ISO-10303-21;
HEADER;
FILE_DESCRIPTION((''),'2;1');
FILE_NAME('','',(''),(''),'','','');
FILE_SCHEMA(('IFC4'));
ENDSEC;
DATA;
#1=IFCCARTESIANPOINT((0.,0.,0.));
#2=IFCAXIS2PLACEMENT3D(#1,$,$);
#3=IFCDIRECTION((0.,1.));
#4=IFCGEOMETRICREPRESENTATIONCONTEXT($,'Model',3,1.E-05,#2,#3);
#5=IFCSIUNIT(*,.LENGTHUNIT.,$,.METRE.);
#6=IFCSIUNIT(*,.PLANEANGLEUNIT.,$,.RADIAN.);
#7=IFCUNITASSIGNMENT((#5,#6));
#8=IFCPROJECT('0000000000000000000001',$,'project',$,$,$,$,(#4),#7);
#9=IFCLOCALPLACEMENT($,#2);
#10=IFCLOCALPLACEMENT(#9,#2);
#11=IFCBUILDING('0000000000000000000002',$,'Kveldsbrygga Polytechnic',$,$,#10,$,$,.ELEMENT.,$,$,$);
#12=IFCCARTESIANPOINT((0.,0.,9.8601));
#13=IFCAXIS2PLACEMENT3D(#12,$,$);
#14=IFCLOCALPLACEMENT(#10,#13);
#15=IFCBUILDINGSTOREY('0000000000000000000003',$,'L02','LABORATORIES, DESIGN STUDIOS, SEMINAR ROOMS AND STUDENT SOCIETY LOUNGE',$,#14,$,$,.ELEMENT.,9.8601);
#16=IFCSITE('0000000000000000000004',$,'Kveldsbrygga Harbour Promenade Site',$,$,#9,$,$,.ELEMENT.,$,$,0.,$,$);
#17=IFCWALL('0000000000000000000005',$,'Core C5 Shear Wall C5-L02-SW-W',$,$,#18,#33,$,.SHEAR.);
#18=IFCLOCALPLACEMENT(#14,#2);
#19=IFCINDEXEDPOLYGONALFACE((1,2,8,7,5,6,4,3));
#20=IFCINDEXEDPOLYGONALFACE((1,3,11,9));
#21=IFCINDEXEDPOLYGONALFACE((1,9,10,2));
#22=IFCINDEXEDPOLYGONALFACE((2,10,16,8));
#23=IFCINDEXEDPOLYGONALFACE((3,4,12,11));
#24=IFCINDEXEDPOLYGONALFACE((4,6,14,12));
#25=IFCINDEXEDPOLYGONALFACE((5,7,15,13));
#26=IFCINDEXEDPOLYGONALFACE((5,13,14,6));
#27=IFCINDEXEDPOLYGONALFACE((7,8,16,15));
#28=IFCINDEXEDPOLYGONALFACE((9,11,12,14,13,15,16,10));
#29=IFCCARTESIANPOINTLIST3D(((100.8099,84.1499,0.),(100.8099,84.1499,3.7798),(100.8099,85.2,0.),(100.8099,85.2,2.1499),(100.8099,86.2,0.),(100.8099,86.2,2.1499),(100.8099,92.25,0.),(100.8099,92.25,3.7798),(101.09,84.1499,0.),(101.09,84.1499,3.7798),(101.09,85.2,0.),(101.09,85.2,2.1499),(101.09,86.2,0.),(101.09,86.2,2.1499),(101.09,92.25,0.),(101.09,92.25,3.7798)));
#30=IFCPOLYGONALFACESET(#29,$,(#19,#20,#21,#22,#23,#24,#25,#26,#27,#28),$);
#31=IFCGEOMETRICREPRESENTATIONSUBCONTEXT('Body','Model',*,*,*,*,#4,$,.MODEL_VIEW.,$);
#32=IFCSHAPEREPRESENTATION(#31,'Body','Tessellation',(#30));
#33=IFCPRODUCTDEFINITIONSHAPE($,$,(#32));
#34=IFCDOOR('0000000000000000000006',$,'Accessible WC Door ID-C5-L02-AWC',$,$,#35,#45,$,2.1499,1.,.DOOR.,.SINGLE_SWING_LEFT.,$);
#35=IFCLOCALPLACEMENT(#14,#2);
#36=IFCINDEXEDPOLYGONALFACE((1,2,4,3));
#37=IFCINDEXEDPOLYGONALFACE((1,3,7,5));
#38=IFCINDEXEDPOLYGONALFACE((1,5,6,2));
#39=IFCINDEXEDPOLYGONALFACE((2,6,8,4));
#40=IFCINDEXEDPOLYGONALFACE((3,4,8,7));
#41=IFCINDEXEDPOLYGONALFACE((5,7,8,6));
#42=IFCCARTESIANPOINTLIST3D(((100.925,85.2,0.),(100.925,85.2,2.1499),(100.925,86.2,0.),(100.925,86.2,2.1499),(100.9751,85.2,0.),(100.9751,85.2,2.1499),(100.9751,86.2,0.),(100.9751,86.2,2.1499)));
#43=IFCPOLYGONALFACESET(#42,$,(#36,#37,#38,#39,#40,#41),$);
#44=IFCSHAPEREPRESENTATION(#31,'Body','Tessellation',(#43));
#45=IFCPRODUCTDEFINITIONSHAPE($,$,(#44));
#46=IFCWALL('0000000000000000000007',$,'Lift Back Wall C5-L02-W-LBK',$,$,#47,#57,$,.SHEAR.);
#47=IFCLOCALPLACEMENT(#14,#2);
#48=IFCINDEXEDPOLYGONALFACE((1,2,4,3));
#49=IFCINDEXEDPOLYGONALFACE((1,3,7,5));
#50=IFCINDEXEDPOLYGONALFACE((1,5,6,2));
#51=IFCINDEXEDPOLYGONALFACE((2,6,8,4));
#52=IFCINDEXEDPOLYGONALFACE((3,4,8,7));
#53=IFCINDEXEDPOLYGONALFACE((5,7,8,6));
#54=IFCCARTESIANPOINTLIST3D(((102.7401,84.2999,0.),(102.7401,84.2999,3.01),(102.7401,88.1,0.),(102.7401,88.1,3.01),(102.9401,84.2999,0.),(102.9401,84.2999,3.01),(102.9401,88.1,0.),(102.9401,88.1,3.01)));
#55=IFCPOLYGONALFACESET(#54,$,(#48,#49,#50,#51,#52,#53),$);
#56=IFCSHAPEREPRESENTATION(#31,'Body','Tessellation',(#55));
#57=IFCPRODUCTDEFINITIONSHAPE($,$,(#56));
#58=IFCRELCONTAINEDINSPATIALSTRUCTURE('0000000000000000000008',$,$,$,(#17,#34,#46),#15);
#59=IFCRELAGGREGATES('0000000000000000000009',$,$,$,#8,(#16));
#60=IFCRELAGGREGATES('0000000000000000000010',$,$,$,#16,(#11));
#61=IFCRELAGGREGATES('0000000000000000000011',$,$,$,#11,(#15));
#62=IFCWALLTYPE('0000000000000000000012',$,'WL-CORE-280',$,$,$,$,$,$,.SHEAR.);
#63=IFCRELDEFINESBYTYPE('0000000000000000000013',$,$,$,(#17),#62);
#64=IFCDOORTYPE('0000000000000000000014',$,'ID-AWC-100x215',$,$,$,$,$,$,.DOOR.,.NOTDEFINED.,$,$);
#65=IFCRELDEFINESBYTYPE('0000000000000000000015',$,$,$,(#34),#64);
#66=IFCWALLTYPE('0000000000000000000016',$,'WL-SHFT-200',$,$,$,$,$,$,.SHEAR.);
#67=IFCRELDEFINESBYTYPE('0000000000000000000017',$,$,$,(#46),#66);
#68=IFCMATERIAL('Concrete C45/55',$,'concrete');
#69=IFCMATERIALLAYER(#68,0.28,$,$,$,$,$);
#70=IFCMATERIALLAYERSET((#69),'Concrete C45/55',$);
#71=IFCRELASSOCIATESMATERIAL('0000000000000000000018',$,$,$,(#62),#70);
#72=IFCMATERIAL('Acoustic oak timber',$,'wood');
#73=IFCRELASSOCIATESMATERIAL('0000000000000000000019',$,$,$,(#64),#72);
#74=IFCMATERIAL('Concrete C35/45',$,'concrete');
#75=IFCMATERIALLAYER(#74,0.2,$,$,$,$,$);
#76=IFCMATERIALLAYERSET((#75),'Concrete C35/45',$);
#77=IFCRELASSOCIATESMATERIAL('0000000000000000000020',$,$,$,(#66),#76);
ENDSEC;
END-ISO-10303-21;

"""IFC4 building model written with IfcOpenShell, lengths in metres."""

from ifc_helpers import new_model, si_unit, direction, frame, frame_2d, origin, place, context, subcontext, project, spatial, rectangle, extrude, material, layer, layer_set, type_object, element, fill, save


model = new_model("IFC4")

# Units and contexts
model_context = context("Model", 3, precision=1e-05, world=origin(), true_north=direction((0.0, 1.0)))
body_context = subcontext(model_context, "Body", "Model", "MODEL_VIEW")
ifc_project = project(units=[si_unit("LENGTHUNIT", "METRE"), si_unit("PLANEANGLEUNIT", "RADIAN")], contexts=[model_context])

# Site, building, storey
site_placement = place(None, origin())
site = spatial("IfcSite", under=ifc_project, at=site_placement, Name="Kveldsbrygga Harbour Promenade Site", CompositionType="ELEMENT", RefElevation=0.0)
building_placement = place(site_placement, origin())
building = spatial("IfcBuilding", under=site, at=building_placement, Name="Kveldsbrygga Polytechnic", CompositionType="ELEMENT")
storey_placement = place(building_placement, frame((0.0, 0.0, 9.8601)))
storey = spatial("IfcBuildingStorey", under=building, at=storey_placement, Name="L02", Description="LABORATORIES, DESIGN STUDIOS, SEMINAR ROOMS AND STUDENT SOCIETY LOUNGE", CompositionType="ELEMENT", Elevation=9.8601)

# Shared definitions
ifc_material_1 = material(Name="Concrete C45/55", Category="concrete")

# Shared definitions
ifc_material_2 = material(Name="Concrete C35/45", Category="concrete")

# Shared definitions
ifc_layer_1 = layer(ifc_material_1, 0.28)
ifc_layer_set_1 = layer_set([ifc_layer_1], Name="Concrete C45/55")
wall_type_1 = type_object("IfcWallType", Name="WL-CORE-280", PredefinedType="SHEAR", material=ifc_layer_set_1)

# Wall, opening, door
wall_1_placement = place(storey_placement, frame((100.95, 84.1499, 0.0), z_axis=(0.0, 0.0, 1.0), x_axis=(0.0, 1.0, 0.0)))
wall_1 = element("IfcWall", 1, at=wall_1_placement, inside=storey, type_object=wall_type_1, Name="Core C5 Shear Wall C5-L02-SW-W", PredefinedType="SHEAR", context=body_context, shape_type="SweptSolid", body=[
    extrude(rectangle(XDim=8.1001, YDim=0.28, at=frame_2d((4.05, 0.0))), origin(), (0.0, 0.0, 1.0), 3.7798),
])
opening_1_placement = place(wall_1_placement, frame((1.05, 0.0, 0.0)))
opening_1 = element("IfcOpeningElement", 2, at=opening_1_placement, cuts=wall_1, PredefinedType="OPENING", context=body_context, shape_type="SweptSolid", body=[
    extrude(rectangle(XDim=1.0, YDim=2.1499, at=frame_2d((0.5, 1.075))), frame((0.0, 0.1499, 0.0), z_axis=(0.0, -1.0, 0.0), x_axis=(1.0, 0.0, 0.0)), (0.0, 0.0, 1.0), 0.3),
])
ifc_material_3 = material(Name="Acoustic oak timber", Category="wood")
door_type_1 = type_object("IfcDoorType", Name="ID-AWC-100x215", OperationType="NOTDEFINED", PredefinedType="DOOR", material=ifc_material_3)
door_1_placement = place(opening_1_placement, origin())
door_1 = element("IfcDoor", 3, at=door_1_placement, inside=storey, type_object=door_type_1, Name="Accessible WC Door ID-C5-L02-AWC", OperationType="SINGLE_SWING_LEFT", OverallHeight=2.1499, OverallWidth=1.0, PredefinedType="DOOR", context=body_context, shape_type="SweptSolid", body=[
    extrude(rectangle(XDim=1.0, YDim=2.1499, at=frame_2d((0.5, 1.075))), frame((0.0, 0.0249, 0.0), z_axis=(0.0, -1.0, 0.0), x_axis=(1.0, 0.0, 0.0)), (0.0, 0.0, 1.0), 0.05),
])
fill(opening_1, door_1)
ifc_layer_2 = layer(ifc_material_2, 0.2)
ifc_layer_set_2 = layer_set([ifc_layer_2], Name="Concrete C35/45")
wall_type_2 = type_object("IfcWallType", Name="WL-SHFT-200", PredefinedType="SHEAR", material=ifc_layer_set_2)

# Wall
wall_2_placement = place(storey_placement, frame((102.8401, 84.3, 0.0), z_axis=(0.0, 0.0, 1.0), x_axis=(0.0, 1.0, 0.0)))
element("IfcWall", 4, at=wall_2_placement, inside=storey, type_object=wall_type_2, Name="Lift Back Wall C5-L02-W-LBK", PredefinedType="SHEAR", context=body_context, shape_type="SweptSolid", body=[
    extrude(rectangle(XDim=3.8, YDim=0.2, at=frame_2d((1.8999, 0.0))), origin(), (0.0, 0.0, 1.0), 3.01),
])

save(model, "model.ifc")
